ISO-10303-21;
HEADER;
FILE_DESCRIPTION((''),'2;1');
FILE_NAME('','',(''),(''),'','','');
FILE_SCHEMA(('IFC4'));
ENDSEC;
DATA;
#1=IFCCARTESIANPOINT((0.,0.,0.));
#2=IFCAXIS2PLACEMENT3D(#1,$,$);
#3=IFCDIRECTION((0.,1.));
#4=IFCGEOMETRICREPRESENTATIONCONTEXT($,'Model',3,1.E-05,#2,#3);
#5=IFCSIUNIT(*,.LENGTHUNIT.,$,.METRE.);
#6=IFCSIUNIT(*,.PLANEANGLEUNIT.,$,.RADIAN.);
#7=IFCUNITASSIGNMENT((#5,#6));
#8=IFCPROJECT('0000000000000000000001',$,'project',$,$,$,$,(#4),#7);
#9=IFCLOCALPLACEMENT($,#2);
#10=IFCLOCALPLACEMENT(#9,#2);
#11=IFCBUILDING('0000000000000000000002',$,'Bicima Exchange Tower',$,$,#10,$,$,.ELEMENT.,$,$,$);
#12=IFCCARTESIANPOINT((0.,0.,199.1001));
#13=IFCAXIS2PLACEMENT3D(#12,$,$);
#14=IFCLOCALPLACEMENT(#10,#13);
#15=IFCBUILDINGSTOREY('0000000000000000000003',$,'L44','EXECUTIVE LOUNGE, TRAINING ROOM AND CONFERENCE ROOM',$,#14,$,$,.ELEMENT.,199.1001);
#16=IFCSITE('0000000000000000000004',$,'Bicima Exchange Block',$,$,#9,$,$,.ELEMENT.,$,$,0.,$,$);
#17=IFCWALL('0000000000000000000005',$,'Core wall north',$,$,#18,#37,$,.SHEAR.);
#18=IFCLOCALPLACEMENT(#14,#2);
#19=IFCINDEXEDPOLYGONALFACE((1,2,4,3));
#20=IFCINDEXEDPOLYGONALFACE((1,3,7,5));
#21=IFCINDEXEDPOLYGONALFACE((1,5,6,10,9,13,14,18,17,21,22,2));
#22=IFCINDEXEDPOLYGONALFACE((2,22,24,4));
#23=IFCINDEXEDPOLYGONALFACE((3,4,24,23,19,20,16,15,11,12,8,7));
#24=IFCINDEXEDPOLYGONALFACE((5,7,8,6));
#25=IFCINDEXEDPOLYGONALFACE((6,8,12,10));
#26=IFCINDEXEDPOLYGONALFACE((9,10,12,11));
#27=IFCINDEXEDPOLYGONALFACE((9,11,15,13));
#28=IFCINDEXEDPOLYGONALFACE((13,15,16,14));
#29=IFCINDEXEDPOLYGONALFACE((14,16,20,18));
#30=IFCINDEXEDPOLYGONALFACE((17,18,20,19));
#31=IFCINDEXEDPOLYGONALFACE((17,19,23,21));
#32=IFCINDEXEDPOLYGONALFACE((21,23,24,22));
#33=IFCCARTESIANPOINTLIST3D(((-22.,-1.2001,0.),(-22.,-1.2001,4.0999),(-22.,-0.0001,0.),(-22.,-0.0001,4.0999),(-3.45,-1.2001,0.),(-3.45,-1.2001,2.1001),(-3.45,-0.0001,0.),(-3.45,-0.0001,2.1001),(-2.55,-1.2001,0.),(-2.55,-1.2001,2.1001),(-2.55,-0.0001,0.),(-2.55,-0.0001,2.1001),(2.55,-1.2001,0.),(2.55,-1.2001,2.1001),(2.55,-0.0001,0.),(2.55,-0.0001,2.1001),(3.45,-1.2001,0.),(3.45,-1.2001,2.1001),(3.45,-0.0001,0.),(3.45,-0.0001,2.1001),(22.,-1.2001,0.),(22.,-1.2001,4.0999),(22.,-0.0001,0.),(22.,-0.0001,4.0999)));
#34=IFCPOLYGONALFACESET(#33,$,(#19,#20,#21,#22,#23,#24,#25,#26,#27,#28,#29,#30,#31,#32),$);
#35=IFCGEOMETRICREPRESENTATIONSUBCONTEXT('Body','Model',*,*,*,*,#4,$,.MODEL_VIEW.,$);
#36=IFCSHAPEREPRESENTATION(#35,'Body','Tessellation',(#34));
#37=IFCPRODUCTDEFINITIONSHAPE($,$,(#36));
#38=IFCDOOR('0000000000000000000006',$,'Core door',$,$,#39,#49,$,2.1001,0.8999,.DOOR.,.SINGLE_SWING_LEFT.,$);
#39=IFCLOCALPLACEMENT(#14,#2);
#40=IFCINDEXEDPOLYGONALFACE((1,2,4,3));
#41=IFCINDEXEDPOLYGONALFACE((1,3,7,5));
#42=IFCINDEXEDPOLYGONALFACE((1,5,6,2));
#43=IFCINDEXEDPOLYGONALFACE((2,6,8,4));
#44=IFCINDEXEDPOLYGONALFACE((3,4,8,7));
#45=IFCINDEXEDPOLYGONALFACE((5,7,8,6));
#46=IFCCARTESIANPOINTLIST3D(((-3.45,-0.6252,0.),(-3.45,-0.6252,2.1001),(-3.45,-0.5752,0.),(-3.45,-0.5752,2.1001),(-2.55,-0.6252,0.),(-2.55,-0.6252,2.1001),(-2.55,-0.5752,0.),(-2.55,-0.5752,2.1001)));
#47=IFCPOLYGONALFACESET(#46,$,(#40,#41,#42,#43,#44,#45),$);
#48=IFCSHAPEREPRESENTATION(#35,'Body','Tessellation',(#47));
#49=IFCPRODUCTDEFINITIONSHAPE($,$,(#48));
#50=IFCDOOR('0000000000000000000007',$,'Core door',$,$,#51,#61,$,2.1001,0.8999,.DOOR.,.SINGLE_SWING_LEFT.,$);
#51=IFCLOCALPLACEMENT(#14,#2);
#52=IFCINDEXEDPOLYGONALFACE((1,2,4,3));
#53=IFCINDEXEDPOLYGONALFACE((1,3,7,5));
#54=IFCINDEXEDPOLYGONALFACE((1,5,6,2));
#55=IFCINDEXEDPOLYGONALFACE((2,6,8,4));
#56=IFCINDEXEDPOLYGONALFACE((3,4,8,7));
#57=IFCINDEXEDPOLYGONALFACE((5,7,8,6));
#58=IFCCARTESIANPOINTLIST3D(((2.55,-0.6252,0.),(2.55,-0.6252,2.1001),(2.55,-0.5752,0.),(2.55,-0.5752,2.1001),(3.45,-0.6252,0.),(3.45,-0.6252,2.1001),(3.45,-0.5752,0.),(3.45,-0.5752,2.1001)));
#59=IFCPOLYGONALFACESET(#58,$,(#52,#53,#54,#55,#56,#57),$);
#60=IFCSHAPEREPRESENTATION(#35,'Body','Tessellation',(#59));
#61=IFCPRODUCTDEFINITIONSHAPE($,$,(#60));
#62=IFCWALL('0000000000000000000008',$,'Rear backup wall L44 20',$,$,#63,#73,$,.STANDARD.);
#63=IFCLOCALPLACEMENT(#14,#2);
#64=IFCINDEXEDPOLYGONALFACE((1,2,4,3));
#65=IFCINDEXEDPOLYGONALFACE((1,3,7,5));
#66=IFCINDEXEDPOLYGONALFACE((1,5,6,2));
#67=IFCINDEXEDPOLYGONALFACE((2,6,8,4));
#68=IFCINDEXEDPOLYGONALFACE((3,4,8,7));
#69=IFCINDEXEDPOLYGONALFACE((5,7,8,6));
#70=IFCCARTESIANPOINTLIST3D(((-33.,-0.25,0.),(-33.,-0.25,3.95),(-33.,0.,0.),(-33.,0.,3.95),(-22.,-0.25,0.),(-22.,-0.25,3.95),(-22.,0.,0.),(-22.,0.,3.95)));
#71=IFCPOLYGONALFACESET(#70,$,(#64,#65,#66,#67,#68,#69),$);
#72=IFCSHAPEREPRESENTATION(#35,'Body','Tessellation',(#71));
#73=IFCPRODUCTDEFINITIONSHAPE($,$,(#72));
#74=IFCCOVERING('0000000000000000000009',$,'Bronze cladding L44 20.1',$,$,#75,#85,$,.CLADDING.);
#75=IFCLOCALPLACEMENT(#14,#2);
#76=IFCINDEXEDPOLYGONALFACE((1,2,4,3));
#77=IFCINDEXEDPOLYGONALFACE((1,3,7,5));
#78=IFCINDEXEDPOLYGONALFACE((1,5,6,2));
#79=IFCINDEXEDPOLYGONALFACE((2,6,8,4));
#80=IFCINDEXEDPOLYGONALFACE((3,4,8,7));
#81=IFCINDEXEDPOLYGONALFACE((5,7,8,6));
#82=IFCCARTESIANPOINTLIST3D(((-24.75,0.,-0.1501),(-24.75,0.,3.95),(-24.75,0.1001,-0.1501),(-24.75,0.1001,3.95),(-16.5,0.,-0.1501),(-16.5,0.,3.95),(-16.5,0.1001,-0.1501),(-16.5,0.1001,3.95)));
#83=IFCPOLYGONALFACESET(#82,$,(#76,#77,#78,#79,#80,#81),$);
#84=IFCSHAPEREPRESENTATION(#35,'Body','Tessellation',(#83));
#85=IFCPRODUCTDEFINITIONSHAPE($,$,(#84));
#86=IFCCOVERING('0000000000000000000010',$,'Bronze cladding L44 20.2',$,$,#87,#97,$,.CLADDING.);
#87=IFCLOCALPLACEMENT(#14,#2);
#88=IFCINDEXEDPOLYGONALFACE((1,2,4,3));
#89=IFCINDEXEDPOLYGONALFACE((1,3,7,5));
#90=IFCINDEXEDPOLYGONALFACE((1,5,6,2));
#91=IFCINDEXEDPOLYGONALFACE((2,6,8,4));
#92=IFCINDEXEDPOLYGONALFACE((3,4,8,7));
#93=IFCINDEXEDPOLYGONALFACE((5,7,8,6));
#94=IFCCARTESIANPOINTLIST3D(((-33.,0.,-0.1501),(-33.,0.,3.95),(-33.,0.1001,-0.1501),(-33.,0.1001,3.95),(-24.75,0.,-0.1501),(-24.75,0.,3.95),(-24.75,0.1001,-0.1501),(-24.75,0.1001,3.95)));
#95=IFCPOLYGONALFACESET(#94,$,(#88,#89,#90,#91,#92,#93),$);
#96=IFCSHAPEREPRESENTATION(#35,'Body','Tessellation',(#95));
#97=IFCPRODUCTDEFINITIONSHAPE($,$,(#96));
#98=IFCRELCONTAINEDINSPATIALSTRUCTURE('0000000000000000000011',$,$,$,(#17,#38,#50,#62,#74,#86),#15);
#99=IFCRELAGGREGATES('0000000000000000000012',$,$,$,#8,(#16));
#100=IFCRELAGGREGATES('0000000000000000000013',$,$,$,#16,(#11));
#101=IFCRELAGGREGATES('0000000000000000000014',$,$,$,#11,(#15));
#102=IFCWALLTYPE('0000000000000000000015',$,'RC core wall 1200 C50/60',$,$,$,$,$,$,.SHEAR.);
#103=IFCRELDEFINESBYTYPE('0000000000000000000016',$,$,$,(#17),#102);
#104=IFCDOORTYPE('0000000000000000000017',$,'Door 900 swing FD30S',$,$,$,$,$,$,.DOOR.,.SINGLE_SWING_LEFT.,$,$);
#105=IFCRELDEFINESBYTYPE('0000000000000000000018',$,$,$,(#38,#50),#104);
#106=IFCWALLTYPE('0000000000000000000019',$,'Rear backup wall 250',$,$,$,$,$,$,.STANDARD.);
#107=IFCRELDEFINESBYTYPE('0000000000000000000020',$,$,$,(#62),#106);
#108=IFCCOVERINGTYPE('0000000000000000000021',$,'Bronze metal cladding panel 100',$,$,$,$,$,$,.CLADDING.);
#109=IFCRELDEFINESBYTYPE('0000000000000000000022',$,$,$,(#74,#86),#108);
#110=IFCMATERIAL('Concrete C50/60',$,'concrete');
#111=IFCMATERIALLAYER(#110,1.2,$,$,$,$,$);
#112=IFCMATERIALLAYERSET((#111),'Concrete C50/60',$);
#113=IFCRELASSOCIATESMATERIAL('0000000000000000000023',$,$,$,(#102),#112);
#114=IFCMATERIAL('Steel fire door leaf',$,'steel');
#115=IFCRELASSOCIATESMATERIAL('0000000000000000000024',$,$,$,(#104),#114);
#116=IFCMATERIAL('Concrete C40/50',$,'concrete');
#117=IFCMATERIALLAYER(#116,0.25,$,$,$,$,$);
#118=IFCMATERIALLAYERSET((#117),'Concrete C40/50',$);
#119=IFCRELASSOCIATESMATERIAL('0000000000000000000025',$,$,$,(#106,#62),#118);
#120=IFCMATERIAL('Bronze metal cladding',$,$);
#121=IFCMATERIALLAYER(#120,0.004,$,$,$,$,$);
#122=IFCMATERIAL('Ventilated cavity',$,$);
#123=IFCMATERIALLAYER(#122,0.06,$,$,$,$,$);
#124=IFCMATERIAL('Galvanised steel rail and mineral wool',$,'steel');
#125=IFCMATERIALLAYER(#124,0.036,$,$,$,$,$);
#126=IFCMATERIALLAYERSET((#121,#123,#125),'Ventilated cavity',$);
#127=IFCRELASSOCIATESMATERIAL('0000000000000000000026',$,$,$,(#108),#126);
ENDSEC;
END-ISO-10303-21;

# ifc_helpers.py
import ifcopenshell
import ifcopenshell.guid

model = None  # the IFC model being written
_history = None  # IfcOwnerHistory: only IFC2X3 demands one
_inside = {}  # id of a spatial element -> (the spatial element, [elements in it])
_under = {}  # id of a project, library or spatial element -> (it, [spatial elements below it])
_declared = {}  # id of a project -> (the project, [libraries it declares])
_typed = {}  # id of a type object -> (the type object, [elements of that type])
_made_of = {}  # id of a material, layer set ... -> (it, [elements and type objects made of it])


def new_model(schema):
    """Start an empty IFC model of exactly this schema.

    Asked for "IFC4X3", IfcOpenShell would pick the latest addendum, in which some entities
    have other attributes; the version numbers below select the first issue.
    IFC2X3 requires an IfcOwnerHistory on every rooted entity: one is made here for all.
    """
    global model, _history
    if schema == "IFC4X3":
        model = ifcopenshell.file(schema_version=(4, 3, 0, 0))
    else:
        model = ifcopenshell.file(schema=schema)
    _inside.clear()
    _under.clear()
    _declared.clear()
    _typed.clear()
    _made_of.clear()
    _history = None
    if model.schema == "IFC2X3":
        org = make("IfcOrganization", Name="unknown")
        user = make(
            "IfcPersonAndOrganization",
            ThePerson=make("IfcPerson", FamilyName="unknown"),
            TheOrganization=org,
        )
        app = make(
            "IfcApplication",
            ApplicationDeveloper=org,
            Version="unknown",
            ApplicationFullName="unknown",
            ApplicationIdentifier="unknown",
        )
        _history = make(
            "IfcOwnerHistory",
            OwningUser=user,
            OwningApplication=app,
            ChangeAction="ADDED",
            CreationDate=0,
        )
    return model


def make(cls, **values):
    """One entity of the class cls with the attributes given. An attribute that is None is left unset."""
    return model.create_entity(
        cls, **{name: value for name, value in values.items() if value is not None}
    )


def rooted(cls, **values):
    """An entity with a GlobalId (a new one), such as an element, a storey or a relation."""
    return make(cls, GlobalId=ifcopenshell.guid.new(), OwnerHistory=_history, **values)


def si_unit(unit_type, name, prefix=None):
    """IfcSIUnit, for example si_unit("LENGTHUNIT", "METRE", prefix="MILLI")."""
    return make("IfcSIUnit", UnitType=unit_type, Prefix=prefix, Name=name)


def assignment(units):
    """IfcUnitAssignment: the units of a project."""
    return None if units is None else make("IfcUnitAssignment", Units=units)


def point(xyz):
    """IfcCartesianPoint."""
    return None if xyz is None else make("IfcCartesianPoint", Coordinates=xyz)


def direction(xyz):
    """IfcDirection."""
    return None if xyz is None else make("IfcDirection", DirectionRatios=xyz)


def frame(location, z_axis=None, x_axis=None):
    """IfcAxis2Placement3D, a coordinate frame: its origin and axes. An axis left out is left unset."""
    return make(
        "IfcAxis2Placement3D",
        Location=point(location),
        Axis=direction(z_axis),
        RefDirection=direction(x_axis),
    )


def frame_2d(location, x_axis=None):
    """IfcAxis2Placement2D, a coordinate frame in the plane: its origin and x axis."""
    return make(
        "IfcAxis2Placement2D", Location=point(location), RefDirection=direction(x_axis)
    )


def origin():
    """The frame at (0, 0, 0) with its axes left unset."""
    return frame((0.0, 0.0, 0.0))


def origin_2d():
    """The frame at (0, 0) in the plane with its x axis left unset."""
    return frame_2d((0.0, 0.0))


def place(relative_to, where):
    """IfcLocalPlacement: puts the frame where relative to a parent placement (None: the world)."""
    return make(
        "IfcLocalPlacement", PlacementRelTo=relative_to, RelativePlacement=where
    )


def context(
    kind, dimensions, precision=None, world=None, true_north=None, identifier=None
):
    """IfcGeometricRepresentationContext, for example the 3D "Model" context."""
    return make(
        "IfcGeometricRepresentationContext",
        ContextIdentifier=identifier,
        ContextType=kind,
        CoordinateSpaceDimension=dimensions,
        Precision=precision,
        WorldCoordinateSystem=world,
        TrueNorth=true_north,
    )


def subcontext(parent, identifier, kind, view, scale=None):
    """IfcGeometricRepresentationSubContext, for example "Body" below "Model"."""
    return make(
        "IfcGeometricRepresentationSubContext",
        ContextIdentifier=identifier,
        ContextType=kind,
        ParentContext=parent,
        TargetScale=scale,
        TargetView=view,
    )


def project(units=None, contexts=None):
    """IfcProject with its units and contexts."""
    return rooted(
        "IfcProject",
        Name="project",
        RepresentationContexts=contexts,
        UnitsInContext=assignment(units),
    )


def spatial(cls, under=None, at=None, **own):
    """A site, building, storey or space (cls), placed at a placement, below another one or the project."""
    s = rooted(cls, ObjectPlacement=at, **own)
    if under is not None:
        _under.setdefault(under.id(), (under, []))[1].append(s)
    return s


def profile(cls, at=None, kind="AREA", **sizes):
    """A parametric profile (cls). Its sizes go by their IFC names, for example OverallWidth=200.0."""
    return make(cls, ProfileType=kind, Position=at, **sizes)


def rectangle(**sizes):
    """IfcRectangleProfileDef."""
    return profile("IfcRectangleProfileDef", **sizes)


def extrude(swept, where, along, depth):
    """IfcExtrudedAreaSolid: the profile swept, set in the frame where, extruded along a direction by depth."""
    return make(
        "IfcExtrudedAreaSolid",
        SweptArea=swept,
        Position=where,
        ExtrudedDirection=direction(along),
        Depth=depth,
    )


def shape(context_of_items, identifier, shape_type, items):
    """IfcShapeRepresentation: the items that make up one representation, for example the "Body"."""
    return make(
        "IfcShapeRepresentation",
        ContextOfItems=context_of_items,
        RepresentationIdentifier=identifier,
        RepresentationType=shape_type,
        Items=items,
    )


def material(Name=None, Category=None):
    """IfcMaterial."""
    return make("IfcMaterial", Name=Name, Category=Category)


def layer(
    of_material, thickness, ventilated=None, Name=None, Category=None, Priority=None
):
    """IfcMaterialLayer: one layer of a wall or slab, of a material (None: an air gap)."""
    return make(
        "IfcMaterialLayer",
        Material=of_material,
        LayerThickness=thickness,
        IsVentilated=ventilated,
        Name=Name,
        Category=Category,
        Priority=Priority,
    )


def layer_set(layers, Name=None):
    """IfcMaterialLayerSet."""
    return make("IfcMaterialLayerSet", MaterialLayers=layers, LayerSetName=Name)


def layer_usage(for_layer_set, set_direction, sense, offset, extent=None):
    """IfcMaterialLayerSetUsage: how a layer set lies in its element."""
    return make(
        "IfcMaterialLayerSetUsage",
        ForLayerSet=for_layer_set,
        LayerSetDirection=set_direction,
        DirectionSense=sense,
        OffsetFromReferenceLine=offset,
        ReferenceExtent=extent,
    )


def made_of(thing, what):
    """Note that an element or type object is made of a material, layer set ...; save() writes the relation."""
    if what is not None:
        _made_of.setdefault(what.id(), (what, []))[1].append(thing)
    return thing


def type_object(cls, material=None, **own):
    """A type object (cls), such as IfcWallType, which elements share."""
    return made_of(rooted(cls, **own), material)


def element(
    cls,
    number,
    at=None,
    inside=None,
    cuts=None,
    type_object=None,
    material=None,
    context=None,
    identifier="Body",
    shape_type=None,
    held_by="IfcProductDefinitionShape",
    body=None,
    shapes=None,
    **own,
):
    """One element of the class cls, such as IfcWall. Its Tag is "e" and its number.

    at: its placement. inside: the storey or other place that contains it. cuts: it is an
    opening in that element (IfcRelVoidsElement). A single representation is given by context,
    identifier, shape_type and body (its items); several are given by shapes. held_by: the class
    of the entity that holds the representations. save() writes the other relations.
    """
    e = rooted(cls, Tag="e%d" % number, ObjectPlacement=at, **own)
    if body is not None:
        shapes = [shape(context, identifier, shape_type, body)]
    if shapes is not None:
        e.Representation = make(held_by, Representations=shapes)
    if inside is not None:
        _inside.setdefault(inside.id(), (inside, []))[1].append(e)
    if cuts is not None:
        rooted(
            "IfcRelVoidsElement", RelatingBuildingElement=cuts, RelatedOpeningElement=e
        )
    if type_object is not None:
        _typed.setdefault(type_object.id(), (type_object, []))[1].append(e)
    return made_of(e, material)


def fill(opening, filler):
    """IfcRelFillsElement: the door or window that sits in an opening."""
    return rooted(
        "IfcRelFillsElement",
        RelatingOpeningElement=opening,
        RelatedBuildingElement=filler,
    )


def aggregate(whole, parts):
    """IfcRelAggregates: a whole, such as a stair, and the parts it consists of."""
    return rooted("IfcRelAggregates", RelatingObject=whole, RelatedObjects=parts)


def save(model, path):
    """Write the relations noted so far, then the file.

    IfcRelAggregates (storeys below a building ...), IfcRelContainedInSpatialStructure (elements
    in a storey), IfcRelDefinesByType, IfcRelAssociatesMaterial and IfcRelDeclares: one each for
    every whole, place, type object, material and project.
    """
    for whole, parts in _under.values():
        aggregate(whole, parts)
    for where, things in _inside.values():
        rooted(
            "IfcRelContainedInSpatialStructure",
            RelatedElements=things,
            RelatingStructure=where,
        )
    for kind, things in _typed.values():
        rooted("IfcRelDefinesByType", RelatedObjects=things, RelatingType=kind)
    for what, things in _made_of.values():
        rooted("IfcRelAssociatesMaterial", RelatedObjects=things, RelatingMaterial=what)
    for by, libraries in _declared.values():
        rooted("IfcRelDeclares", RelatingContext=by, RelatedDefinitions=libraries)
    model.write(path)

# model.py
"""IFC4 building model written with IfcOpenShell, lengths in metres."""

from ifc_helpers import new_model, si_unit, direction, frame, frame_2d, origin, origin_2d, place, context, subcontext, project, spatial, rectangle, extrude, material, layer, layer_set, layer_usage, type_object, element, fill, save


model = new_model("IFC4")

# Units and contexts
model_context = context("Model", 3, precision=1e-05, world=origin(), true_north=direction((0.0, 1.0)))
body_context = subcontext(model_context, "Body", "Model", "MODEL_VIEW")
ifc_project = project(units=[si_unit("LENGTHUNIT", "METRE"), si_unit("PLANEANGLEUNIT", "RADIAN")], contexts=[model_context])

# Site, building, storey
site_placement = place(None, origin())
site = spatial("IfcSite", under=ifc_project, at=site_placement, Name="Bicima Exchange Block", CompositionType="ELEMENT", RefElevation=0.0)
building_placement = place(site_placement, origin())
building = spatial("IfcBuilding", under=site, at=building_placement, Name="Bicima Exchange Tower", CompositionType="ELEMENT")
storey_placement = place(building_placement, frame((0.0, 0.0, 199.1001)))
storey = spatial("IfcBuildingStorey", under=building, at=storey_placement, Name="L44", Description="EXECUTIVE LOUNGE, TRAINING ROOM AND CONFERENCE ROOM", CompositionType="ELEMENT", Elevation=199.1001)

# Wall, openings, doors
ifc_material_1 = material(Name="Concrete C50/60", Category="concrete")
ifc_layer_1 = layer(ifc_material_1, 1.2)
ifc_layer_set_1 = layer_set([ifc_layer_1], Name="Concrete C50/60")
wall_type_1 = type_object("IfcWallType", Name="RC core wall 1200 C50/60", PredefinedType="SHEAR", material=ifc_layer_set_1)
wall_1_placement = place(storey_placement, frame((-22.0, -0.6001, 0.0), z_axis=(0.0, 0.0, 1.0), x_axis=(1.0, 0.0, 0.0)))
wall_1 = element("IfcWall", 1, at=wall_1_placement, inside=storey, type_object=wall_type_1, Name="Core wall north", PredefinedType="SHEAR", context=body_context, shape_type="SweptSolid", body=[
    extrude(rectangle(XDim=44.0, YDim=1.2, at=frame_2d((22.0, 0.0))), origin(), (0.0, 0.0, 1.0), 4.0999),
])
opening_1_placement = place(wall_1_placement, frame((18.55, 0.0, 0.0)))
opening_1 = element("IfcOpeningElement", 2, at=opening_1_placement, cuts=wall_1, PredefinedType="OPENING", context=body_context, shape_type="SweptSolid", body=[
    extrude(rectangle(XDim=0.8999, YDim=2.1001, at=frame_2d((0.45, 1.05))), frame((0.0, 0.6118, 0.0), z_axis=(0.0, -1.0, 0.0), x_axis=(1.0, 0.0, 0.0)), (0.0, 0.0, 1.0), 1.2239),
])
opening_2_placement = place(wall_1_placement, frame((24.55, 0.0, 0.0)))
opening_2 = element("IfcOpeningElement", 3, at=opening_2_placement, cuts=wall_1, PredefinedType="OPENING", context=body_context, shape_type="SweptSolid", body=[
    extrude(rectangle(XDim=0.8999, YDim=2.1001, at=frame_2d((0.45, 1.05))), frame((0.0, 0.6118, 0.0), z_axis=(0.0, -1.0, 0.0), x_axis=(1.0, 0.0, 0.0)), (0.0, 0.0, 1.0), 1.2239),
])
ifc_material_2 = material(Name="Steel fire door leaf", Category="steel")
door_type = type_object("IfcDoorType", Name="Door 900 swing FD30S", OperationType="SINGLE_SWING_LEFT", PredefinedType="DOOR", material=ifc_material_2)
door_1_placement = place(opening_1_placement, origin())
door_1 = element("IfcDoor", 4, at=door_1_placement, inside=storey, type_object=door_type, Name="Core door", OperationType="SINGLE_SWING_LEFT", OverallHeight=2.1001, OverallWidth=0.8999, PredefinedType="DOOR", context=body_context, shape_type="SweptSolid", body=[
    extrude(rectangle(XDim=0.8999, YDim=2.1001, at=frame_2d((0.45, 1.05))), frame((0.0, 0.0249, 0.0), z_axis=(0.0, -1.0, 0.0), x_axis=(1.0, 0.0, 0.0)), (0.0, 0.0, 1.0), 0.05),
])
fill(opening_1, door_1)
door_2_placement = place(opening_2_placement, origin())
door_2 = element("IfcDoor", 5, at=door_2_placement, inside=storey, type_object=door_type, Name="Core door", OperationType="SINGLE_SWING_LEFT", OverallHeight=2.1001, OverallWidth=0.8999, PredefinedType="DOOR", context=body_context, shape_type="SweptSolid", body=[
    extrude(rectangle(XDim=0.8999, YDim=2.1001, at=frame_2d((0.45, 1.05))), frame((0.0, 0.0249, 0.0), z_axis=(0.0, -1.0, 0.0), x_axis=(1.0, 0.0, 0.0)), (0.0, 0.0, 1.0), 0.05),
])
fill(opening_2, door_2)

# Wall
ifc_material_3 = material(Name="Concrete C40/50", Category="concrete")
ifc_layer_2 = layer(ifc_material_3, 0.25)
ifc_layer_set_2 = layer_set([ifc_layer_2], Name="Concrete C40/50")
ifc_layer_usage = layer_usage(ifc_layer_set_2, "AXIS2", "POSITIVE", -0.125)
wall_type_2 = type_object("IfcWallType", Name="Rear backup wall 250", PredefinedType="STANDARD", material=ifc_layer_set_2)
wall_2_placement = place(storey_placement, frame((-22.0, -0.125, 0.0), z_axis=(0.0, 0.0, 1.0), x_axis=(-1.0, 0.0, 0.0)))
element("IfcWall", 6, at=wall_2_placement, inside=storey, type_object=wall_type_2, material=ifc_layer_usage, Name="Rear backup wall L44 20", PredefinedType="STANDARD", context=body_context, shape_type="SweptSolid", body=[
    extrude(rectangle(XDim=11.0, YDim=0.25, at=frame_2d((5.5, 0.0))), origin(), (0.0, 0.0, 1.0), 3.95),
])

# Coverings
ifc_material_4 = material(Name="Bronze metal cladding")
ifc_layer_3 = layer(ifc_material_4, 0.004)
ifc_material_5 = material(Name="Ventilated cavity")
ifc_layer_4 = layer(ifc_material_5, 0.06)
ifc_material_6 = material(Name="Galvanised steel rail and mineral wool", Category="steel")
ifc_layer_5 = layer(ifc_material_6, 0.036)
ifc_layer_set_3 = layer_set([ifc_layer_3, ifc_layer_4, ifc_layer_5], Name="Ventilated cavity")
covering_type = type_object("IfcCoveringType", Name="Bronze metal cladding panel 100", PredefinedType="CLADDING", material=ifc_layer_set_3)
for number, where, z_axis, x_axis, name in (
    (7, (-20.625, 0.05, -0.1501), (0.0, 0.0, 1.0), (-1.0, 0.0, 0.0), "Bronze cladding L44 20.1"),
    (8, (-28.875, 0.05, -0.1501), (0.0, 0.0, 1.0), (-1.0, 0.0, 0.0), "Bronze cladding L44 20.2"),
):
    element("IfcCovering", number, at=place(storey_placement, frame(where, z_axis=z_axis, x_axis=x_axis)), inside=storey, type_object=covering_type, Name=name, PredefinedType="CLADDING", context=body_context, shape_type="SweptSolid", body=[
        extrude(rectangle(XDim=8.25, YDim=0.1001, at=origin_2d()), origin(), (0.0, 0.0, 1.0), 4.1001),
    ])

save(model, "model.ifc")
